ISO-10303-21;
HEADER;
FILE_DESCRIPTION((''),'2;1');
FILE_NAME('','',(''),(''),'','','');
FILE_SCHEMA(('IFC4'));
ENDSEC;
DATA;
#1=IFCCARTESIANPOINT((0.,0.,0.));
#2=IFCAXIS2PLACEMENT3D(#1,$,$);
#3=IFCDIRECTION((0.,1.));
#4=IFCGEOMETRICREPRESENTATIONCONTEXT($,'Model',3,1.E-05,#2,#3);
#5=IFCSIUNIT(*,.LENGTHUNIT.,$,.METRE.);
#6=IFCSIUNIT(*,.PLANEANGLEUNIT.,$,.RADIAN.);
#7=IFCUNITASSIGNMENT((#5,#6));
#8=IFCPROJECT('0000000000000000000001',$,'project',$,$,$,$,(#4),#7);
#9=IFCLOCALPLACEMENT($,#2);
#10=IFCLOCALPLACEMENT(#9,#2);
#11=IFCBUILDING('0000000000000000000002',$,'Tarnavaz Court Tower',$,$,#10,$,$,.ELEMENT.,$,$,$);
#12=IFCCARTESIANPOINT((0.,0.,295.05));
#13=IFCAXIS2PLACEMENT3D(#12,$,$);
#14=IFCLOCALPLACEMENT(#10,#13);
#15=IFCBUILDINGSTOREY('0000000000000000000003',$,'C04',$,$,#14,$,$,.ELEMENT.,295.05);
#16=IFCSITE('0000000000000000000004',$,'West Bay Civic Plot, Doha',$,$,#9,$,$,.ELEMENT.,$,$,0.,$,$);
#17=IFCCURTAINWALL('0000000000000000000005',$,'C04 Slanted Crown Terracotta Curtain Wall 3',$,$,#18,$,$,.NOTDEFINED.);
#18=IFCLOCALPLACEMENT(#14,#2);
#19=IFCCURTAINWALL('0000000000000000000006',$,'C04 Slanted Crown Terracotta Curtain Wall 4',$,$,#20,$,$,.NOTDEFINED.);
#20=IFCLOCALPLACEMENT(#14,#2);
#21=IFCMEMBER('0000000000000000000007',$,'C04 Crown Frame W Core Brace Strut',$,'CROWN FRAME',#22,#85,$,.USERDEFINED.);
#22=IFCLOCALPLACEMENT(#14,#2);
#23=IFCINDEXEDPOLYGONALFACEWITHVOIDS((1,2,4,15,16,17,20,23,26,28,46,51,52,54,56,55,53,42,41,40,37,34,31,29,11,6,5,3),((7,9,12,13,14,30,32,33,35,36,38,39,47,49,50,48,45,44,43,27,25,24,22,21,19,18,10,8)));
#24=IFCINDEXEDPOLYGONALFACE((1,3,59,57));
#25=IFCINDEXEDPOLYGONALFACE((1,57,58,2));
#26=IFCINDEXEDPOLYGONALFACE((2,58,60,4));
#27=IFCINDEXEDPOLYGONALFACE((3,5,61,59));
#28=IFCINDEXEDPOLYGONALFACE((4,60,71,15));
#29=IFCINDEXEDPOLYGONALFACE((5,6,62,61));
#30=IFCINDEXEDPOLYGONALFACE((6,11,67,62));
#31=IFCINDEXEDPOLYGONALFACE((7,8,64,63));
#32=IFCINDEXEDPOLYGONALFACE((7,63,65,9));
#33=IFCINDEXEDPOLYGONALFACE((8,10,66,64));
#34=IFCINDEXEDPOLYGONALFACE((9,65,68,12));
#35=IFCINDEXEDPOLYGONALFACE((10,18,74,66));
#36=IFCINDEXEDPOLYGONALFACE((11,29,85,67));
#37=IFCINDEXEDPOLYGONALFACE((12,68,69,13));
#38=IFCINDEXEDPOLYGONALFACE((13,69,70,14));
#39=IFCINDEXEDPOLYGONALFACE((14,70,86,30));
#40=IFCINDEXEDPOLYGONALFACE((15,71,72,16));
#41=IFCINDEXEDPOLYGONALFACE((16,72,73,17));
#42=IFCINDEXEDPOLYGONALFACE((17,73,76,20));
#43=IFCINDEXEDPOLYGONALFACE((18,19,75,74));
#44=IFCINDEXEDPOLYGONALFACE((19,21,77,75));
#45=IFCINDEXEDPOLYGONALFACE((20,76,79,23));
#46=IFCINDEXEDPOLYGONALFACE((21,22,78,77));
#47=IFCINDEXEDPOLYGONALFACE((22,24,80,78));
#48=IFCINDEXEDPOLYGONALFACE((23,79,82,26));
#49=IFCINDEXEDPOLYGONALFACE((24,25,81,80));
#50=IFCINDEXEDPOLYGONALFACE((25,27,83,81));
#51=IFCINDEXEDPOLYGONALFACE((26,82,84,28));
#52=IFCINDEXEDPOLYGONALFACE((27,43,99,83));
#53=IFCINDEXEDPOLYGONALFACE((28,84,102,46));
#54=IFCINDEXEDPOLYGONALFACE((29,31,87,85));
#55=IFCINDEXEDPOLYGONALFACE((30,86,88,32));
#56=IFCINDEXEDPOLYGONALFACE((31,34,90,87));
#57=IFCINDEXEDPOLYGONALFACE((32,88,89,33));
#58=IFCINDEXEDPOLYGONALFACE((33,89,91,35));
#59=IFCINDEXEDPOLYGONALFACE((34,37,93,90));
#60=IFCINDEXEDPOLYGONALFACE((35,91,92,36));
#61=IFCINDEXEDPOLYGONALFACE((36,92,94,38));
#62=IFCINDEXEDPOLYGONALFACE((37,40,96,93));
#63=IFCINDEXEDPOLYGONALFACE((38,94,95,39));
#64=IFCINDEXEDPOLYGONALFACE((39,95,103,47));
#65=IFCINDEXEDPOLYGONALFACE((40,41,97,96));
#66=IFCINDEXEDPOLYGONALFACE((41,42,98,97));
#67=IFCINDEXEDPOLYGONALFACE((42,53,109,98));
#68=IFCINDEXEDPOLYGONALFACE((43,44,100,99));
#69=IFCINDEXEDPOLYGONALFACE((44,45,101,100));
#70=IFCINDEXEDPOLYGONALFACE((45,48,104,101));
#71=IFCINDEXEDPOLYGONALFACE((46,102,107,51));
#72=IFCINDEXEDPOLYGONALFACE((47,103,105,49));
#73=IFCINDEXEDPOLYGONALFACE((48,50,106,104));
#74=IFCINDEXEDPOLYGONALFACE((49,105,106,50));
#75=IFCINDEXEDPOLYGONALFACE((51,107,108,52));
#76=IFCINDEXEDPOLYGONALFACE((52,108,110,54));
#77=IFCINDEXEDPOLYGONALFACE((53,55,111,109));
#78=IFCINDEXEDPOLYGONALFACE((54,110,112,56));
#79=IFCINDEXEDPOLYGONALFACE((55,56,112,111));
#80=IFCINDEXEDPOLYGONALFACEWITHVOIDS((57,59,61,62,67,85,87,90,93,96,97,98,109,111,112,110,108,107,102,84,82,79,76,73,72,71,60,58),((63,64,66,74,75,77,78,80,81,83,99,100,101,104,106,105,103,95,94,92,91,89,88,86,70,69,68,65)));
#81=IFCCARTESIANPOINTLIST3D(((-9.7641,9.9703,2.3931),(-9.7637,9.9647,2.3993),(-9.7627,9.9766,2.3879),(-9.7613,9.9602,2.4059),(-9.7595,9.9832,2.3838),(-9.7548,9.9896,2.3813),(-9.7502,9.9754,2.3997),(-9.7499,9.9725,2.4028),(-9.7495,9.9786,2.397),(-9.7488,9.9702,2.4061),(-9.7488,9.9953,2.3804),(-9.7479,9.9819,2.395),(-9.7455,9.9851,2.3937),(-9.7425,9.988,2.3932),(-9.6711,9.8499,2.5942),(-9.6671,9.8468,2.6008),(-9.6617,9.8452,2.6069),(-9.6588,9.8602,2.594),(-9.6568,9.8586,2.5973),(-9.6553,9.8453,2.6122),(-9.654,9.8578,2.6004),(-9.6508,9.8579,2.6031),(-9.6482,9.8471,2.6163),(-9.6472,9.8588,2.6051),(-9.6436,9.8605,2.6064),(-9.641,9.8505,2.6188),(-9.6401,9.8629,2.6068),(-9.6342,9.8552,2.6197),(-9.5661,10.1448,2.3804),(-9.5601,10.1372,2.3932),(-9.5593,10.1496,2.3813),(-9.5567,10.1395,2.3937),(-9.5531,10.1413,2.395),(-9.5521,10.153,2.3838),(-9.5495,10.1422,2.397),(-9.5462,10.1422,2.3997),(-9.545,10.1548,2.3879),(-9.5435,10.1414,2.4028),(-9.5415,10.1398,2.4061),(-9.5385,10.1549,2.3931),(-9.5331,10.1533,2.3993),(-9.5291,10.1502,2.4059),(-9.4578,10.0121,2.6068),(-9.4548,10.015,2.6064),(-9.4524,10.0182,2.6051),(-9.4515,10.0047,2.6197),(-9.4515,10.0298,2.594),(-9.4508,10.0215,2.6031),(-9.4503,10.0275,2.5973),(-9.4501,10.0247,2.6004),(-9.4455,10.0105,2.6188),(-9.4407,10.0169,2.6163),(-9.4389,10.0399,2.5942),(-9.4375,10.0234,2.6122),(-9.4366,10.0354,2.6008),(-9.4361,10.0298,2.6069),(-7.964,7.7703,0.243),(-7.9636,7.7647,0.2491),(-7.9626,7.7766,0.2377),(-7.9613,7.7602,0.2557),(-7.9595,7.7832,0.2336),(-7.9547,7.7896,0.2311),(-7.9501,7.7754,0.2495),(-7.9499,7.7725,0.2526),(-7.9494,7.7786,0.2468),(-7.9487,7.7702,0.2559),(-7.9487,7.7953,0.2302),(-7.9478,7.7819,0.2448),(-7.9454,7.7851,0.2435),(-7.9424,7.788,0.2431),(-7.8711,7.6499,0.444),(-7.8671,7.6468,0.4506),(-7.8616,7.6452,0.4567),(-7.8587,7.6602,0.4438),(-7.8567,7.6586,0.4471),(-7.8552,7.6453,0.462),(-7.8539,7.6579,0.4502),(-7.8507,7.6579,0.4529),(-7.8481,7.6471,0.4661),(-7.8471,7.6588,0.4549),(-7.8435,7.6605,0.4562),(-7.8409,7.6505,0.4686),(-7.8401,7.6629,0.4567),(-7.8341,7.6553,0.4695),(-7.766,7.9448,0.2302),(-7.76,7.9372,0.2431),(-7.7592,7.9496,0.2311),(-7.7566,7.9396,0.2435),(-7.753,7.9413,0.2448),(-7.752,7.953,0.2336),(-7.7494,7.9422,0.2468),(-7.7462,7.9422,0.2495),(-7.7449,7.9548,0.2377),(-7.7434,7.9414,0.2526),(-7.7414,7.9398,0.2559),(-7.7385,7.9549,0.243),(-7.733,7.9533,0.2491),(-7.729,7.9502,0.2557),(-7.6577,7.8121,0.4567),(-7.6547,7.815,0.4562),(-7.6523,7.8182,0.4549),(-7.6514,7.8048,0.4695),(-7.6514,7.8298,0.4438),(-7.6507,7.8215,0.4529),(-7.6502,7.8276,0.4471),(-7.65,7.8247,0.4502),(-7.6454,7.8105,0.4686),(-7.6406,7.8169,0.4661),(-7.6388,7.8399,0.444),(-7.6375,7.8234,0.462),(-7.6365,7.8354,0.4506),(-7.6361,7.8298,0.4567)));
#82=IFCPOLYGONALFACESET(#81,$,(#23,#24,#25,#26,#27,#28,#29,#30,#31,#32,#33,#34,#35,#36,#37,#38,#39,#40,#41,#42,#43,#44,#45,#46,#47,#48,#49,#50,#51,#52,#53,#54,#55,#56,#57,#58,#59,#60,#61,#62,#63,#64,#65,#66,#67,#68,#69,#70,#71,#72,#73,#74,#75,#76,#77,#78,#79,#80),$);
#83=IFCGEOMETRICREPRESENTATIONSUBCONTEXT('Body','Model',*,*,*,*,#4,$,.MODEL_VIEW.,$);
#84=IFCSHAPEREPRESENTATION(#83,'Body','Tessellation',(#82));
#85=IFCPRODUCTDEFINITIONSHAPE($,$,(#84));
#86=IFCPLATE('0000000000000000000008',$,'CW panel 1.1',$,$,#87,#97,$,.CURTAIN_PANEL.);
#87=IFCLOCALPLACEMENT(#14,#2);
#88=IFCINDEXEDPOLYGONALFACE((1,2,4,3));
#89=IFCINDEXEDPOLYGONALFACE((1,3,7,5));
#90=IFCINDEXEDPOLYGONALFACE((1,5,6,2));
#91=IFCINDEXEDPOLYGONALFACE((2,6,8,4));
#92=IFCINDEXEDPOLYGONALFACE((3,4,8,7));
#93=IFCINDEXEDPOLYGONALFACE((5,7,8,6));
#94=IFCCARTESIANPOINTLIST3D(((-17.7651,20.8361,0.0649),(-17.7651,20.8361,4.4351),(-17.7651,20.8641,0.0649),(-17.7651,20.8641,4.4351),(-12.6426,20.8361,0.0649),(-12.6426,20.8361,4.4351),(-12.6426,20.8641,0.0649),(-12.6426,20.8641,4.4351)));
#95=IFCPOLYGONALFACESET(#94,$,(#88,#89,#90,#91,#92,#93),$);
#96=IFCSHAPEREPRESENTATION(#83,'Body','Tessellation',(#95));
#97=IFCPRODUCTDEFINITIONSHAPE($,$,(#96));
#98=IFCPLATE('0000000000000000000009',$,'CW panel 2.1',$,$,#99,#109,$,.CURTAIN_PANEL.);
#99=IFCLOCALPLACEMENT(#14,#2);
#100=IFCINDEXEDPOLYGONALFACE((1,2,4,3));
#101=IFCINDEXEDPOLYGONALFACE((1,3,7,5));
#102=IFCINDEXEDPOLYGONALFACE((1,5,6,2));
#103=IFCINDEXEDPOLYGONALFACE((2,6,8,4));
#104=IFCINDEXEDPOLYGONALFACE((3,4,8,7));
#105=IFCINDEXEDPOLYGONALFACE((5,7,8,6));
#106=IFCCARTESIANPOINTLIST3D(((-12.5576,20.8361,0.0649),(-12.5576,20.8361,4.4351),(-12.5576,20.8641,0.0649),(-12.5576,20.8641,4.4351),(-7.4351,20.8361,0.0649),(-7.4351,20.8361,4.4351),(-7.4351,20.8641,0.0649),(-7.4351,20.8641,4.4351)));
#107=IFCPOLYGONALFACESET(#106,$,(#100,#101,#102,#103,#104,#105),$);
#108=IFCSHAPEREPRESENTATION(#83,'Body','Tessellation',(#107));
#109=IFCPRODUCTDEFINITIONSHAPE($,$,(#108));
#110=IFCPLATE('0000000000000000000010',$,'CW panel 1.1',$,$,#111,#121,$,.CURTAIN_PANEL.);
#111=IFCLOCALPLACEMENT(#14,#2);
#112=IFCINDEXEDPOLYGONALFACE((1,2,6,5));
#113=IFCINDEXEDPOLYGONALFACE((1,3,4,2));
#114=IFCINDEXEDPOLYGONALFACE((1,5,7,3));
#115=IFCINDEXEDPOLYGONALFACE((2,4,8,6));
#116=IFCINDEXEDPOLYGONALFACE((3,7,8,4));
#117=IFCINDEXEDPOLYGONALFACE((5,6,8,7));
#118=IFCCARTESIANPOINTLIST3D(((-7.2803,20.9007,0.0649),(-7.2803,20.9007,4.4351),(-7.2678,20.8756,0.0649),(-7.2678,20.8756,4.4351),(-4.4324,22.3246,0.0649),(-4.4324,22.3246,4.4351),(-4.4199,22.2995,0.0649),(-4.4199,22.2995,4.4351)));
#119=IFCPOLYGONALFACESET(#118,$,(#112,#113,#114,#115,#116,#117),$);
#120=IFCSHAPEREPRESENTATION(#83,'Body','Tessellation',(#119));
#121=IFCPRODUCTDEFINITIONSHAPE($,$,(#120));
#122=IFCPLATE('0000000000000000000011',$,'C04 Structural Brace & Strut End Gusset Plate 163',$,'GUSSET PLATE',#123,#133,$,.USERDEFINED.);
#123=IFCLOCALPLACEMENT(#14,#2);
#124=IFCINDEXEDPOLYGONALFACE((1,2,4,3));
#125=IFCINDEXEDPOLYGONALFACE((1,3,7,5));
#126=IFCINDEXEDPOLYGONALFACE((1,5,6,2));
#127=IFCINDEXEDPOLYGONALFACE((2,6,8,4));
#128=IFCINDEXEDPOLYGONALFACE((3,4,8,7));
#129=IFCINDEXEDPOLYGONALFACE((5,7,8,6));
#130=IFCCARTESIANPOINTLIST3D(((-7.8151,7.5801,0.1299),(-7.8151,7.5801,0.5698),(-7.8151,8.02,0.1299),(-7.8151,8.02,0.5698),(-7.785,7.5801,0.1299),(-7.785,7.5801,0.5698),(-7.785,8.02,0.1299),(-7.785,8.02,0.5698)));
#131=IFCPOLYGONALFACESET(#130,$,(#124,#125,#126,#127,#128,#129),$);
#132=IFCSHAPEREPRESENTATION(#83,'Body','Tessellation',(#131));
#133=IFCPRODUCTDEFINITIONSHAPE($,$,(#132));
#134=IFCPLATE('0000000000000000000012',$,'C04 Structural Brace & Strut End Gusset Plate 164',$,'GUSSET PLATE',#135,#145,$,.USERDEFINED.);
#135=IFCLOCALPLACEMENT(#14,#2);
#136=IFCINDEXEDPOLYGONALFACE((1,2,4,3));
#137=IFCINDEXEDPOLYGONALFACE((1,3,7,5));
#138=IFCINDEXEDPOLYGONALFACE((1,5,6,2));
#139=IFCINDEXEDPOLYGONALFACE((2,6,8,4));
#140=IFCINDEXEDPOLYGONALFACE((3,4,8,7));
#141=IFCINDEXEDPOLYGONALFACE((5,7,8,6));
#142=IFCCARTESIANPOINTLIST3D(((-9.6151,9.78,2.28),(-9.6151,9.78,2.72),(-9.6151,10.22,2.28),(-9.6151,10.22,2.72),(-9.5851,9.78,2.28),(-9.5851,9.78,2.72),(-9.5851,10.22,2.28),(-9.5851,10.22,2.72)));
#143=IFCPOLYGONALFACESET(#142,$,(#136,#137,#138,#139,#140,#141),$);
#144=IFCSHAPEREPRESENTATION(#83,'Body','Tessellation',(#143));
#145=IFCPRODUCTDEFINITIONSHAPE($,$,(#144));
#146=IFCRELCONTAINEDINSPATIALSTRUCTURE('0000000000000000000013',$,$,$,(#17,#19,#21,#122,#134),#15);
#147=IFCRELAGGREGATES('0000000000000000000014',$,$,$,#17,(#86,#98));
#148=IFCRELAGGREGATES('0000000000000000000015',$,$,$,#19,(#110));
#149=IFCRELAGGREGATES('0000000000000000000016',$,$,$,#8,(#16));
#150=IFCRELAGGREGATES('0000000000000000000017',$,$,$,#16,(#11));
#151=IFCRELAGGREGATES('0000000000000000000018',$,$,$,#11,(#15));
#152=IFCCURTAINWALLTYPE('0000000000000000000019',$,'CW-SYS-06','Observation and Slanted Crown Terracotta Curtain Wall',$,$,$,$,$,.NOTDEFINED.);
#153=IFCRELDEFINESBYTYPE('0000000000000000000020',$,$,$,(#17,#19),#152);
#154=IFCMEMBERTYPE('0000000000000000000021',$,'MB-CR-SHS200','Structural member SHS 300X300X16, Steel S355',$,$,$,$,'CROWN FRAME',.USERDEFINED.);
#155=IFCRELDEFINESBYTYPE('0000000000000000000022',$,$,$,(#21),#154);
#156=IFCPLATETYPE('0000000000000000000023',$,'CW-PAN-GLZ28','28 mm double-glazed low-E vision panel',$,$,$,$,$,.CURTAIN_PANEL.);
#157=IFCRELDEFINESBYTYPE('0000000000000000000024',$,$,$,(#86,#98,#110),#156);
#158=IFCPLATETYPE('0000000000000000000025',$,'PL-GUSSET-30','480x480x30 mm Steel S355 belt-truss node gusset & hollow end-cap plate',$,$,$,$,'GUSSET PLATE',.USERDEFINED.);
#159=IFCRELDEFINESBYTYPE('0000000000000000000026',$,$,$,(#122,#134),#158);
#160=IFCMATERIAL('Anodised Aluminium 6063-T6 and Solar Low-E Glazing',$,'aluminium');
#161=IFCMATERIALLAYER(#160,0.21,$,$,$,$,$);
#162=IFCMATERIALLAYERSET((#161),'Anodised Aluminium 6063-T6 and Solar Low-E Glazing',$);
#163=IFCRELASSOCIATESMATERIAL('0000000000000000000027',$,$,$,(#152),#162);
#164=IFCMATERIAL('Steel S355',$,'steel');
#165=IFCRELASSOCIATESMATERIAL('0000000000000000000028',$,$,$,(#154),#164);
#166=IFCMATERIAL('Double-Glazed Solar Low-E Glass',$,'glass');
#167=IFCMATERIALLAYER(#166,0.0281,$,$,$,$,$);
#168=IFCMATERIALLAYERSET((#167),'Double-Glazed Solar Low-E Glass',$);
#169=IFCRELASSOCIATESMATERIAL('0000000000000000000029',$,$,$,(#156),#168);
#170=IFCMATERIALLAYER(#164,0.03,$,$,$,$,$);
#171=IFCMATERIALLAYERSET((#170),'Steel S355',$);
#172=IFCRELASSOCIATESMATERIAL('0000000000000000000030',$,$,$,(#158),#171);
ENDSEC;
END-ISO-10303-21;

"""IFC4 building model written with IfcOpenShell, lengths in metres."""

from ifc_helpers import new_model, si_unit, direction, frame, origin, origin_2d, place, context, subcontext, project, spatial, rectangle, hollow_rectangle, extrude, material, layer, layer_set, material_profile, profile_set, type_object, element, aggregate, save


model = new_model("IFC4")

# Units and contexts
model_context = context("Model", 3, precision=1e-05, world=origin(), true_north=direction((0.0, 1.0)))
body_context = subcontext(model_context, "Body", "Model", "MODEL_VIEW")
ifc_project = project(units=[si_unit("LENGTHUNIT", "METRE"), si_unit("PLANEANGLEUNIT", "RADIAN")], contexts=[model_context])

# Site, building, storey
site_placement = place(None, origin())
site = spatial("IfcSite", under=ifc_project, at=site_placement, Name="West Bay Civic Plot, Doha", CompositionType="ELEMENT", RefElevation=0.0)
building_placement = place(site_placement, origin())
building = spatial("IfcBuilding", under=site, at=building_placement, Name="Tarnavaz Court Tower", CompositionType="ELEMENT")
storey_placement = place(building_placement, frame((0.0, 0.0, 295.05)))
storey = spatial("IfcBuildingStorey", under=building, at=storey_placement, Name="C04", CompositionType="ELEMENT", Elevation=295.05)

# Shared definitions
ifc_material_1 = material(Name="Steel S355", Category="steel")

# Shared definitions
ifc_material_2 = material(Name="Anodised Aluminium 6063-T6 and Solar Low-E Glazing", Category="aluminium")
ifc_layer_1 = layer(ifc_material_2, 0.21)
ifc_layer_set_1 = layer_set([ifc_layer_1], Name="Anodised Aluminium 6063-T6 and Solar Low-E Glazing")
curtain_wall_type = type_object("IfcCurtainWallType", Name="CW-SYS-06", Description="Observation and Slanted Crown Terracotta Curtain Wall", PredefinedType="NOTDEFINED", material=ifc_layer_set_1)

# Curtain walls
curtain_wall_1_placement = place(storey_placement, origin())
curtain_wall_1 = element("IfcCurtainWall", 1, at=curtain_wall_1_placement, inside=storey, type_object=curtain_wall_type, Name="C04 Slanted Crown Terracotta Curtain Wall 3", PredefinedType="NOTDEFINED")
curtain_wall_2_placement = place(storey_placement, origin())
curtain_wall_2 = element("IfcCurtainWall", 2, at=curtain_wall_2_placement, inside=storey, type_object=curtain_wall_type, Name="C04 Slanted Crown Terracotta Curtain Wall 4", PredefinedType="NOTDEFINED")

# Member
ifc_material_profile_1 = material_profile(ifc_material_1, hollow_rectangle(XDim=0.3, YDim=0.3, WallThickness=0.0161, InnerFilletRadius=0.0161, OuterFilletRadius=0.032, at=origin_2d()), Name="SHS 300X300X16")
ifc_profile_set_1 = profile_set([ifc_material_profile_1], Name="Steel S355")
member_type_1 = type_object("IfcMemberType", Name="MB-CR-SHS200", Description="Structural member SHS 300X300X16, Steel S355", ElementType="CROWN FRAME", PredefinedType="USERDEFINED", material=ifc_profile_set_1)
member_1_placement = place(storey_placement, frame((-7.8, 7.8, 0.3499), z_axis=(-0.505044, 0.617246, 0.603272), x_axis=(-0.773942, -0.633256, 0.0)))
element("IfcMember", 3, at=member_1_placement, inside=storey, type_object=member_type_1, Name="C04 Crown Frame W Core Brace Strut", ObjectType="CROWN FRAME", PredefinedType="USERDEFINED", context=body_context, shape_type="SweptSolid", body=[
    extrude(hollow_rectangle(XDim=0.3, YDim=0.3, WallThickness=0.0161, InnerFilletRadius=0.0161, OuterFilletRadius=0.032, at=origin_2d()), origin(), (0.0, 0.0, 1.0), 3.5642),
])

# Plates
ifc_material_3 = material(Name="Double-Glazed Solar Low-E Glass", Category="glass")
ifc_layer_2 = layer(ifc_material_3, 0.0281)
ifc_layer_set_2 = layer_set([ifc_layer_2], Name="Double-Glazed Solar Low-E Glass")
plate_type_1 = type_object("IfcPlateType", Name="CW-PAN-GLZ28", Description="28 mm double-glazed low-E vision panel", PredefinedType="CURTAIN_PANEL", material=ifc_layer_set_2)
plate_1_placement = place(storey_placement, frame((-15.2039, 20.8501, 0.0649), z_axis=(0.0, 0.0, 1.0), x_axis=(1.0, 0.0, 0.0)))
plate_1 = element("IfcPlate", 4, at=plate_1_placement, type_object=plate_type_1, Name="CW panel 1.1", PredefinedType="CURTAIN_PANEL", context=body_context, shape_type="SweptSolid", body=[
    extrude(rectangle(XDim=5.1226, YDim=0.0281, at=origin_2d()), origin(), (0.0, 0.0, 1.0), 4.3701),
])
plate_2_placement = place(storey_placement, frame((-9.9963, 20.8501, 0.0649), z_axis=(0.0, 0.0, 1.0), x_axis=(1.0, 0.0, 0.0)))
plate_2 = element("IfcPlate", 5, at=plate_2_placement, type_object=plate_type_1, Name="CW panel 2.1", PredefinedType="CURTAIN_PANEL", context=body_context, shape_type="SweptSolid", body=[
    extrude(rectangle(XDim=5.1226, YDim=0.0281, at=origin_2d()), origin(), (0.0, 0.0, 1.0), 4.3701),
])
aggregate(curtain_wall_1, [plate_1, plate_2])
plate_3_placement = place(storey_placement, frame((-5.8501, 21.6001, 0.0649), z_axis=(0.0, 0.0, 1.0), x_axis=(0.894427, 0.447214, 0.0)))
plate_3 = element("IfcPlate", 6, at=plate_3_placement, type_object=plate_type_1, Name="CW panel 1.1", PredefinedType="CURTAIN_PANEL", context=body_context, shape_type="SweptSolid", body=[
    extrude(rectangle(XDim=3.1841, YDim=0.0281, at=origin_2d()), origin(), (0.0, 0.0, 1.0), 4.3701),
])
aggregate(curtain_wall_2, [plate_3])

# Plates
ifc_layer_3 = layer(ifc_material_1, 0.03)
ifc_layer_set_3 = layer_set([ifc_layer_3], Name="Steel S355")
plate_type_2 = type_object("IfcPlateType", Name="PL-GUSSET-30", Description="480x480x30 mm Steel S355 belt-truss node gusset & hollow end-cap plate", ElementType="GUSSET PLATE", PredefinedType="USERDEFINED", material=ifc_layer_set_3)
for number, where, z_axis, x_axis, name in (
    (7, (-7.8, 7.8, 0.1299), (0.0, 0.0, 1.0), (0.0, 1.0, 0.0), "C04 Structural Brace & Strut End Gusset Plate 163"),
    (8, (-9.6001, 10.0, 2.28), (0.0, 0.0, 1.0), (0.0, 1.0, 0.0), "C04 Structural Brace & Strut End Gusset Plate 164"),
):
    element("IfcPlate", number, at=place(storey_placement, frame(where, z_axis=z_axis, x_axis=x_axis)), inside=storey, type_object=plate_type_2, Name=name, ObjectType="GUSSET PLATE", PredefinedType="USERDEFINED", context=body_context, shape_type="SweptSolid", body=[
        extrude(rectangle(XDim=0.4399, YDim=0.03, at=origin_2d()), origin(), (0.0, 0.0, 1.0), 0.4399),
    ])

save(model, "model.ifc")
